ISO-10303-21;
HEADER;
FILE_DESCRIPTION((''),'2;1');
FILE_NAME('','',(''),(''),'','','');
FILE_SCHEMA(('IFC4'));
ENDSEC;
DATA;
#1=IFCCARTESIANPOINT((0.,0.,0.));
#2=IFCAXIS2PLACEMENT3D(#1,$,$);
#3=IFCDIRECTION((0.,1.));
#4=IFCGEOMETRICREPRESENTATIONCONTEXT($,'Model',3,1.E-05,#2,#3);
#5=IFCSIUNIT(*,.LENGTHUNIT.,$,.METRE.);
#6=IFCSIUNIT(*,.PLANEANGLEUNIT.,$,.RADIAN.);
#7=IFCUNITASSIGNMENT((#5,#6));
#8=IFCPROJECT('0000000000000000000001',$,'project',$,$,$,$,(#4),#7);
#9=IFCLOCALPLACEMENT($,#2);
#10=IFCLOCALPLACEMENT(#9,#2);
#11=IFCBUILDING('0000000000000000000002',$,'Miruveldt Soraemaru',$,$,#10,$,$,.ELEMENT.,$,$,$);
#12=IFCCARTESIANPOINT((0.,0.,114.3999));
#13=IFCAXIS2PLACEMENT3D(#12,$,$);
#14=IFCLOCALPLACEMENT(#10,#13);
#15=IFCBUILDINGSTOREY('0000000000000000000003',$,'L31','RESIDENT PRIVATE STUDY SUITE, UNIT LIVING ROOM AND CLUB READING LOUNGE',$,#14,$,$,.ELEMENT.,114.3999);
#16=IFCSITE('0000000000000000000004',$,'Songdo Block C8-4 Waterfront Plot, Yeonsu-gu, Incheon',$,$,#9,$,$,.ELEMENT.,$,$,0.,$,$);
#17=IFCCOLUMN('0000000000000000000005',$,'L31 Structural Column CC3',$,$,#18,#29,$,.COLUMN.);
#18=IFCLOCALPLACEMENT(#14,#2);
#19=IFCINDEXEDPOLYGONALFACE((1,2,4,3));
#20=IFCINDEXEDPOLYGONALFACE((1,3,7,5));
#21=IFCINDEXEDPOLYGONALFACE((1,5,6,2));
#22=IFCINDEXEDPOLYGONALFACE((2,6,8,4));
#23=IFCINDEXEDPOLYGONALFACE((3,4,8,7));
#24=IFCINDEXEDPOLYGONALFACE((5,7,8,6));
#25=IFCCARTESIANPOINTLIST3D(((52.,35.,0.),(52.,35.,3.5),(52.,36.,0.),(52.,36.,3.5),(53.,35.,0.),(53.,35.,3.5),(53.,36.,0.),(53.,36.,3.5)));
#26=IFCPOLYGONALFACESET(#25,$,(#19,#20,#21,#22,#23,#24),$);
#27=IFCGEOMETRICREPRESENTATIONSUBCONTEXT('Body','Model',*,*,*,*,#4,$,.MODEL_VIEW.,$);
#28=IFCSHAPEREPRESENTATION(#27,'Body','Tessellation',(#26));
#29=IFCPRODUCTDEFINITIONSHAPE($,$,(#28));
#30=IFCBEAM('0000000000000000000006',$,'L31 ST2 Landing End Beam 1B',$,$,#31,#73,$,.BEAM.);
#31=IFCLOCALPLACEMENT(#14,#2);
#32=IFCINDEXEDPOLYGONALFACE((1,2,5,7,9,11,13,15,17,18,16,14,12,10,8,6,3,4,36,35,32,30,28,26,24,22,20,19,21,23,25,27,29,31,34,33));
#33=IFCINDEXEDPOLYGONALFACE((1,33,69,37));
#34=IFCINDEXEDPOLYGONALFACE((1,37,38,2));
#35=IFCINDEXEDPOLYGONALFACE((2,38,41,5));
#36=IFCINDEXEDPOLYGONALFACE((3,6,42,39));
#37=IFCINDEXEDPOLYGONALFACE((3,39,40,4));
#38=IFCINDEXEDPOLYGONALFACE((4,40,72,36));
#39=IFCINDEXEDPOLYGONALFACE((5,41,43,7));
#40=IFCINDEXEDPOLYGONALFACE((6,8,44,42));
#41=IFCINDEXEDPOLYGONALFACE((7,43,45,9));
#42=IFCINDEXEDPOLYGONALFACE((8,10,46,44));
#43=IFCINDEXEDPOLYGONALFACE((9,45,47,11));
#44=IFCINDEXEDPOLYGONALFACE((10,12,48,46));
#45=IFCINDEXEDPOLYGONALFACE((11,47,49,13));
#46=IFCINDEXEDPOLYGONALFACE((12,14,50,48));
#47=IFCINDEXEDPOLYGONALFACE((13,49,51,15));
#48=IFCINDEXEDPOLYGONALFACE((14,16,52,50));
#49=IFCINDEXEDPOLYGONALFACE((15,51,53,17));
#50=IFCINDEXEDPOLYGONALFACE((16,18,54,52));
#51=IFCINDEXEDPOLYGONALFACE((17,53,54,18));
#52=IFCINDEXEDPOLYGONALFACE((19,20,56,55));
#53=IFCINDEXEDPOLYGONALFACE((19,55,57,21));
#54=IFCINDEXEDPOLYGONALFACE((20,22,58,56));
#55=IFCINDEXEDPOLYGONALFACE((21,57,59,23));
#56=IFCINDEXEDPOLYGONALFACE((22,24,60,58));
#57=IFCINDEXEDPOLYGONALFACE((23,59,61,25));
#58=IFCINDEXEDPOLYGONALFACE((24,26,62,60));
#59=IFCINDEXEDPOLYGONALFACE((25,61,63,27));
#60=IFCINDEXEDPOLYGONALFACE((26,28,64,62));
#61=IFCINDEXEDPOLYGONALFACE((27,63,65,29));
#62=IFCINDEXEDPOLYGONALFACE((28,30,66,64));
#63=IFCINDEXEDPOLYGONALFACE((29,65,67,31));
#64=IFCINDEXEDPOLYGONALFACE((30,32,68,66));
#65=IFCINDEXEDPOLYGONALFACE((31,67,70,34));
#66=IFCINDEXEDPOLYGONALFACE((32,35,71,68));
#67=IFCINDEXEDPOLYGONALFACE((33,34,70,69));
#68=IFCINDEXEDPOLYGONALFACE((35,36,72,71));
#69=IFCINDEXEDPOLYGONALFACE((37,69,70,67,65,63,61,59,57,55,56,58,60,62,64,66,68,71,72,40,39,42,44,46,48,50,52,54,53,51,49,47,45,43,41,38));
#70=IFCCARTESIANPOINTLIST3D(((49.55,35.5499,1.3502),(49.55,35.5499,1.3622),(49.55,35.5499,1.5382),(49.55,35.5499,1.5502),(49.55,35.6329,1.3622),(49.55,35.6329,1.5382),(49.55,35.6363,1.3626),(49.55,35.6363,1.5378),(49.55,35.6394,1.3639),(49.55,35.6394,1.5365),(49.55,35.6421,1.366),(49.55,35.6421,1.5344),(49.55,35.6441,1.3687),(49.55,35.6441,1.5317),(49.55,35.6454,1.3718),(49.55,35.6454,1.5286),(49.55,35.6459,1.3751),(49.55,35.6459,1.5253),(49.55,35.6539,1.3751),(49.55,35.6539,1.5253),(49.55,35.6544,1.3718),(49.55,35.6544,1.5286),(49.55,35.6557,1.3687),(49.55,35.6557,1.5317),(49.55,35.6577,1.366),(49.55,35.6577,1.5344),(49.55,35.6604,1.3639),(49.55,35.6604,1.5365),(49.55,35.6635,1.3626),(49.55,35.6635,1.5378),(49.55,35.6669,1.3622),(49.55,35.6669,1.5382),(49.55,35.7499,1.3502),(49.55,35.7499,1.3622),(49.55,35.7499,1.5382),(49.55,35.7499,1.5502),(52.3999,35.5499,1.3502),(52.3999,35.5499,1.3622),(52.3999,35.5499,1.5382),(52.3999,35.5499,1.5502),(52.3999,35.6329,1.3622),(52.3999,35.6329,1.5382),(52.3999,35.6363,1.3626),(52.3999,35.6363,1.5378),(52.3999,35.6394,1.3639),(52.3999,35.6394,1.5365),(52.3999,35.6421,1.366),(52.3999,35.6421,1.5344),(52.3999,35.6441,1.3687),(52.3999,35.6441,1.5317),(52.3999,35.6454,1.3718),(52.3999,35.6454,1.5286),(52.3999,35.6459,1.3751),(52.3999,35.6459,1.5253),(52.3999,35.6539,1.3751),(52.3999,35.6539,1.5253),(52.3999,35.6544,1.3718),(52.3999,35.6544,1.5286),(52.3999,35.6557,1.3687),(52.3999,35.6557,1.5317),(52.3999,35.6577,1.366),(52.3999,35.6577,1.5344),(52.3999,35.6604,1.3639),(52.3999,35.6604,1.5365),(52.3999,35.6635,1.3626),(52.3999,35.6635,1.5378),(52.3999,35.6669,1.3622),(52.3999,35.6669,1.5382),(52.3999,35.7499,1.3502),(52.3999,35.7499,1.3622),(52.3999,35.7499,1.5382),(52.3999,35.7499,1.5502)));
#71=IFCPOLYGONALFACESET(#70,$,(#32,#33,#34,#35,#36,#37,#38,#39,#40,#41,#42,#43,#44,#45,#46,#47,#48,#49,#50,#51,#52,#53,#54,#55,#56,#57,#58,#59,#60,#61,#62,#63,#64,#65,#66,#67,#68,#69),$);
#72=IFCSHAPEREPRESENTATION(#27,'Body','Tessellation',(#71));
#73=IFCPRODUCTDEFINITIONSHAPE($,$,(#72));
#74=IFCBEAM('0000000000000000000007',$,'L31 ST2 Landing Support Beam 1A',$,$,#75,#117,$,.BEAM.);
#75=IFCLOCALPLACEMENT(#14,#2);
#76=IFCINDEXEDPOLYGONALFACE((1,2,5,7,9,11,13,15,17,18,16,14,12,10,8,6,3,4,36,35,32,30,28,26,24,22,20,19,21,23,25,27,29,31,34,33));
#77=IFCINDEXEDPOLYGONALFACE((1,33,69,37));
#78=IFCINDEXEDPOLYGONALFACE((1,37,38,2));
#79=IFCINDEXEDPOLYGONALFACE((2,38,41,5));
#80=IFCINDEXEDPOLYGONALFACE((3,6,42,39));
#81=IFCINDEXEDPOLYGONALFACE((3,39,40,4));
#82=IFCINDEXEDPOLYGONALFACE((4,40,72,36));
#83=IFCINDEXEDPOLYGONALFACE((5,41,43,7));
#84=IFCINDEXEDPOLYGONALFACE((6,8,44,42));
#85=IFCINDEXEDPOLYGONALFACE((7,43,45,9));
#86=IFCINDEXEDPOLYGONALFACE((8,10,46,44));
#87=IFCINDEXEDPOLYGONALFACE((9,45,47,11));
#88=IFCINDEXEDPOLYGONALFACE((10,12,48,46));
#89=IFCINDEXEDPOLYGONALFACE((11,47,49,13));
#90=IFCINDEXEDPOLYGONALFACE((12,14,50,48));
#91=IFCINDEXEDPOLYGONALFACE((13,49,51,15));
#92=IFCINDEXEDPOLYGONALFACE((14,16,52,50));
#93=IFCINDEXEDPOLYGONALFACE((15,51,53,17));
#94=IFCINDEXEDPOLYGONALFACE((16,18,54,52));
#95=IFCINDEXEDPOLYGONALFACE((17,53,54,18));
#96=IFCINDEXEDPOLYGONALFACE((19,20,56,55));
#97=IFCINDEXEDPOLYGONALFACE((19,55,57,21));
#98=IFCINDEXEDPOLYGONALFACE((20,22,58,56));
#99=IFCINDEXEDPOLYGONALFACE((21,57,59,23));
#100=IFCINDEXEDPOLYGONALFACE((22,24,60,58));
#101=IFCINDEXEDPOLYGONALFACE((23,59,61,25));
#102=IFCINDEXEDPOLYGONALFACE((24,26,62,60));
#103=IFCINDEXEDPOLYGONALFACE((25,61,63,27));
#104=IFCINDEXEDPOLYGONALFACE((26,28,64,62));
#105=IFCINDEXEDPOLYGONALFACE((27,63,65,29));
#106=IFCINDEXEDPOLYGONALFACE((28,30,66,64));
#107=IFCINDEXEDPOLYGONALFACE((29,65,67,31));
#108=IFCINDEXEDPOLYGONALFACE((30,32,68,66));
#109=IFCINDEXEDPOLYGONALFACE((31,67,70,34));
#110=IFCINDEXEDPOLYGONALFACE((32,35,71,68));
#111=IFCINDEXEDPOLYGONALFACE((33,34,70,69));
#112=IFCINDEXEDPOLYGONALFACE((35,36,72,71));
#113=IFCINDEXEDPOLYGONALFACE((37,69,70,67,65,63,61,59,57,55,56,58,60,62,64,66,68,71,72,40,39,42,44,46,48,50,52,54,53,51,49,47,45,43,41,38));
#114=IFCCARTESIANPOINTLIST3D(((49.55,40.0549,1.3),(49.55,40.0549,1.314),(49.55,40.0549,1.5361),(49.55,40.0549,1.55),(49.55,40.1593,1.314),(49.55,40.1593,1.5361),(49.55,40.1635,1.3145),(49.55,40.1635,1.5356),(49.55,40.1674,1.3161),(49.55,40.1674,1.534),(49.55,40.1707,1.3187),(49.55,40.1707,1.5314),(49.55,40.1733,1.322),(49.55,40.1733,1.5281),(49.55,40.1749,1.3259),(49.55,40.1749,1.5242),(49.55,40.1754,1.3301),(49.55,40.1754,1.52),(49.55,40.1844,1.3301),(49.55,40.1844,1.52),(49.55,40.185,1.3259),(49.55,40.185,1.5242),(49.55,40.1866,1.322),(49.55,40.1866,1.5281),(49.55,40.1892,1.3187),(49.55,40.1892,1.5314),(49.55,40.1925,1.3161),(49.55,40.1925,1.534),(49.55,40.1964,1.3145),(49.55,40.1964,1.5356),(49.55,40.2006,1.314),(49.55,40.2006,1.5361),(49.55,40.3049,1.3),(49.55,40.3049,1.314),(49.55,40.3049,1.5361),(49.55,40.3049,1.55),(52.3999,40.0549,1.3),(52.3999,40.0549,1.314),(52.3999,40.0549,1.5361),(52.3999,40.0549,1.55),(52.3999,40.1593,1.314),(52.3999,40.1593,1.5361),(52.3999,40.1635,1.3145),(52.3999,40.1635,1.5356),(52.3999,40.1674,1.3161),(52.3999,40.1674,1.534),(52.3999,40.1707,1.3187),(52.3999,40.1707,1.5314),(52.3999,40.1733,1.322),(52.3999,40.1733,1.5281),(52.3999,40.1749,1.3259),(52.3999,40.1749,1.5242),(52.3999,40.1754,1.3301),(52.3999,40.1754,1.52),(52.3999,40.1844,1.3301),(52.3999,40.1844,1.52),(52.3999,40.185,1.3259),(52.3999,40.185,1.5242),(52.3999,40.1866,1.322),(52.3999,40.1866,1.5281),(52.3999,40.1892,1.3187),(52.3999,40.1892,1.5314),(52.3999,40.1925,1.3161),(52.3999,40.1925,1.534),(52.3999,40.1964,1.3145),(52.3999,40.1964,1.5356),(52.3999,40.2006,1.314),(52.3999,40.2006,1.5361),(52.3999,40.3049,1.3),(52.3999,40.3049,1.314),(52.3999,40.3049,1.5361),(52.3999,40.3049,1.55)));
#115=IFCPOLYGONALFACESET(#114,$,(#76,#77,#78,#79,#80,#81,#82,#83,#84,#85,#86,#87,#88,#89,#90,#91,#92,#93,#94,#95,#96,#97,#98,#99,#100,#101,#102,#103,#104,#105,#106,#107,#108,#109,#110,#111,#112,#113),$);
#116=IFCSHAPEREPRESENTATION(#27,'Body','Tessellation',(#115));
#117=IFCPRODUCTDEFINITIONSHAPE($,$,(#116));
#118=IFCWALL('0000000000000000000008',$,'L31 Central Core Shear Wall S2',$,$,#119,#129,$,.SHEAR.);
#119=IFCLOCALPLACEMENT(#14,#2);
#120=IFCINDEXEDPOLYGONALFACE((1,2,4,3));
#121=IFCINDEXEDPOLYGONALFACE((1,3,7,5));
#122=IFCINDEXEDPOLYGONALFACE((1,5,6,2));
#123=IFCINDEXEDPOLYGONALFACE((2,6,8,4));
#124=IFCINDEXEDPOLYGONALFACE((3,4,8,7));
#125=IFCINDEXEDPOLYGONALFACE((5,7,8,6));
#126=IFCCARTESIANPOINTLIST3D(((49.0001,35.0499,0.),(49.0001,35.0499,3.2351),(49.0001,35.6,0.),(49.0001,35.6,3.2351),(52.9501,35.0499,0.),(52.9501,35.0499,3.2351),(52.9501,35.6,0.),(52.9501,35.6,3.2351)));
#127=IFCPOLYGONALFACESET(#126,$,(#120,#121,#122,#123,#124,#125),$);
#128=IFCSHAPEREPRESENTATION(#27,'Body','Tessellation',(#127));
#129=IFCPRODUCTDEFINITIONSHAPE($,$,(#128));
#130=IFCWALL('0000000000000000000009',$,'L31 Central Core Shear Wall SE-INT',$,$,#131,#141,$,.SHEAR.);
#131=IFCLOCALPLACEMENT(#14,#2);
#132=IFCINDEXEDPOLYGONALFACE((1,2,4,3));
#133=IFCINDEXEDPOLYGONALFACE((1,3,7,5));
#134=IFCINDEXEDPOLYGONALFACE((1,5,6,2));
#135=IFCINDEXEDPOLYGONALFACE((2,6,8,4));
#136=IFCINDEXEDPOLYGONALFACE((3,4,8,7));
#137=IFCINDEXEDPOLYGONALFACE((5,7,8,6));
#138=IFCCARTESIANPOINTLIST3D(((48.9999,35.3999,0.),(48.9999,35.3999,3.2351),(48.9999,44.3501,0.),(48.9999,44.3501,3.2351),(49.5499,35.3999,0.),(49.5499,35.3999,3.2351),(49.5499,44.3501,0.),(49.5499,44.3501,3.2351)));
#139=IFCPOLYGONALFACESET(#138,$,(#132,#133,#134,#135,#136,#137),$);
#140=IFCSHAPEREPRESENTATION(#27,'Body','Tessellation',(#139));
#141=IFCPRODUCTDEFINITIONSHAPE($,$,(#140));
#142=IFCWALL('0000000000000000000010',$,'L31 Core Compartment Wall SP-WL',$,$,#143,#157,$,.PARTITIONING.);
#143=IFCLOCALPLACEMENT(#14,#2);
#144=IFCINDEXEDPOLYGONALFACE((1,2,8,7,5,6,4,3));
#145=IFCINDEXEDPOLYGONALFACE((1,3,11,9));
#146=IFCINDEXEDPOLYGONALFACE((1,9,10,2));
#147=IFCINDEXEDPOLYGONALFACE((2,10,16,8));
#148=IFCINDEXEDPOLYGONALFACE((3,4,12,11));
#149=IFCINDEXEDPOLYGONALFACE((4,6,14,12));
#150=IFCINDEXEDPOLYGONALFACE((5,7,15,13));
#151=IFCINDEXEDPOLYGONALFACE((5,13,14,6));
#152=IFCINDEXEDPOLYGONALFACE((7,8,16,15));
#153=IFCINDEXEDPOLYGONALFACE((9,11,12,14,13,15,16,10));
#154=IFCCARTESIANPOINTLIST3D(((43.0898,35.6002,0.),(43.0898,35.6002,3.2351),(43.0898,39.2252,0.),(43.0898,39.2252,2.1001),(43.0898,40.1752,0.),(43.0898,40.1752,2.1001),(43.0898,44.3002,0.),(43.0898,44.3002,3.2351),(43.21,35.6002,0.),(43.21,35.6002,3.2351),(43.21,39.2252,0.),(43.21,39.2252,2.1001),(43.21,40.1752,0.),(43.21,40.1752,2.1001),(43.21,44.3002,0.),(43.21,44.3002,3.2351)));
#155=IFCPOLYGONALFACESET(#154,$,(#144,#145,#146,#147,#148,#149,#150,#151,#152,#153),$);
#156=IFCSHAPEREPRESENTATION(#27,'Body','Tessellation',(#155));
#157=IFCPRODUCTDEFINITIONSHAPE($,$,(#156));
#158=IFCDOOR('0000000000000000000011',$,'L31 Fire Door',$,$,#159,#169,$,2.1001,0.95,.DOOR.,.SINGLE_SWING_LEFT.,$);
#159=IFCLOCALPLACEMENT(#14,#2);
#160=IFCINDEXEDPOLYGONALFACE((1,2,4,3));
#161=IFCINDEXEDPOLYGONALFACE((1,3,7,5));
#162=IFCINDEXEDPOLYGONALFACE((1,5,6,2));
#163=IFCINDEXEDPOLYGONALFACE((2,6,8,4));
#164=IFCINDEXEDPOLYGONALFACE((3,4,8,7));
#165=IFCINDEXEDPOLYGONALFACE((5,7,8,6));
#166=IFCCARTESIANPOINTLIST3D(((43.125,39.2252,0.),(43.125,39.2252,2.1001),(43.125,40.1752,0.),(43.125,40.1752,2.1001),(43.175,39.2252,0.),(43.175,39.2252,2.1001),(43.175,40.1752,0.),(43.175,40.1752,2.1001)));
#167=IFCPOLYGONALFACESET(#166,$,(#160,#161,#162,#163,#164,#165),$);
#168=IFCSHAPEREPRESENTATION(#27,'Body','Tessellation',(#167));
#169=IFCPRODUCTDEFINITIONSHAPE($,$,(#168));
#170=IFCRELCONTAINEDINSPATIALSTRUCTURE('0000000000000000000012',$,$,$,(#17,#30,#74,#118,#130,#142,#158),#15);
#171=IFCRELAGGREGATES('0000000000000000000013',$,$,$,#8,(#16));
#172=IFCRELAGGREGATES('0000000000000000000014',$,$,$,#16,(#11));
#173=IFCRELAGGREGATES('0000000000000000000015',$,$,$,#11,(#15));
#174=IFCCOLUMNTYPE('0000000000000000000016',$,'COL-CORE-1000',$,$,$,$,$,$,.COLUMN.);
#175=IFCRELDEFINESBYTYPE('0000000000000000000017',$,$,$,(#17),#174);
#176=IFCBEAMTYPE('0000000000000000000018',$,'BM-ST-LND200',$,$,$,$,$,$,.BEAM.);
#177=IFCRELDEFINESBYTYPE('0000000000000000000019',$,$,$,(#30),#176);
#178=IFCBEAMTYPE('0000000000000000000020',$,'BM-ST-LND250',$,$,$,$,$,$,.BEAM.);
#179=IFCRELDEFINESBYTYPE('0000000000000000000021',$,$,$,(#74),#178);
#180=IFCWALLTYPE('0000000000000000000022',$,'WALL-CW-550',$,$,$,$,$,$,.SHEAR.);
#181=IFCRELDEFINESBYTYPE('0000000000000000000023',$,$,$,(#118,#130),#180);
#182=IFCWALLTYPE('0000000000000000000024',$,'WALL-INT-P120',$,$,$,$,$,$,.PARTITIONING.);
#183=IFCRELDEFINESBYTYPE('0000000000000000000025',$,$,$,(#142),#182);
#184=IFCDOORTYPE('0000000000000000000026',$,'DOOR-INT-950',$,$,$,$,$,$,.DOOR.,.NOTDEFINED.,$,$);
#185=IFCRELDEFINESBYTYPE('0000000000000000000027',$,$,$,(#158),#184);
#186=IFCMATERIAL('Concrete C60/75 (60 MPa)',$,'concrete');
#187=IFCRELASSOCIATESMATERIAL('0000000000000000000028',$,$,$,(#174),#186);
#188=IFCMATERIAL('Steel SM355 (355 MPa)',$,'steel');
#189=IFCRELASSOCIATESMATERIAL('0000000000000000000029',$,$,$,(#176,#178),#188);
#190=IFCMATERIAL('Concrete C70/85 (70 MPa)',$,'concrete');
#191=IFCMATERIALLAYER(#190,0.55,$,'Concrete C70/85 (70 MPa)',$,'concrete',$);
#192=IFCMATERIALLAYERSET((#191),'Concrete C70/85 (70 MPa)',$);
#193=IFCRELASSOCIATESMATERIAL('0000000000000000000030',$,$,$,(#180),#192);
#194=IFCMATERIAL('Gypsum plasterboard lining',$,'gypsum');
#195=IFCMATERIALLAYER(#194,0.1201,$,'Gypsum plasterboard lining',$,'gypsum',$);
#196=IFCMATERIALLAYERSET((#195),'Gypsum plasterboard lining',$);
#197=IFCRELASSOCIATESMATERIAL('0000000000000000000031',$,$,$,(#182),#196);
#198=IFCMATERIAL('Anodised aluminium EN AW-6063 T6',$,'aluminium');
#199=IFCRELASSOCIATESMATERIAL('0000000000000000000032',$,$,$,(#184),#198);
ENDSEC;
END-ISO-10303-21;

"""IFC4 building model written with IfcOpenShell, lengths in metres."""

from ifc_helpers import new_model, si_unit, direction, frame, frame_2d, origin, origin_2d, place, context, subcontext, project, spatial, rectangle, i_section, extrude, material, layer, layer_set, material_profile, profile_set, type_object, element, fill, save


model = new_model("IFC4")

# Units and contexts
model_context = context("Model", 3, precision=1e-05, world=origin(), true_north=direction((0.0, 1.0)))
body_context = subcontext(model_context, "Body", "Model", "MODEL_VIEW")
ifc_project = project(units=[si_unit("LENGTHUNIT", "METRE"), si_unit("PLANEANGLEUNIT", "RADIAN")], contexts=[model_context])

# Site, building, storey
site_placement = place(None, origin())
site = spatial("IfcSite", under=ifc_project, at=site_placement, Name="Songdo Block C8-4 Waterfront Plot, Yeonsu-gu, Incheon", CompositionType="ELEMENT", RefElevation=0.0)
building_placement = place(site_placement, origin())
building = spatial("IfcBuilding", under=site, at=building_placement, Name="Miruveldt Soraemaru", CompositionType="ELEMENT")
storey_placement = place(building_placement, frame((0.0, 0.0, 114.3999)))
storey = spatial("IfcBuildingStorey", under=building, at=storey_placement, Name="L31", Description="RESIDENT PRIVATE STUDY SUITE, UNIT LIVING ROOM AND CLUB READING LOUNGE", CompositionType="ELEMENT", Elevation=114.3999)

# Column
ifc_material_1 = material(Name="Concrete C60/75 (60 MPa)", Category="concrete")
ifc_material_profile_1 = material_profile(ifc_material_1, rectangle(XDim=1.0, YDim=1.0, at=origin_2d()), Name="Concrete C60/75 (60 MPa)", Category="concrete")
ifc_profile_set_1 = profile_set([ifc_material_profile_1], Name="Concrete C60/75 (60 MPa)")
column_type = type_object("IfcColumnType", Name="COL-CORE-1000", PredefinedType="COLUMN", material=ifc_profile_set_1)
column_placement = place(storey_placement, frame((52.5, 35.5, 0.0), z_axis=(0.0, 0.0, 1.0), x_axis=(1.0, 0.0, 0.0)))
element("IfcColumn", 1, at=column_placement, inside=storey, type_object=column_type, Name="L31 Structural Column CC3", PredefinedType="COLUMN", context=body_context, shape_type="SweptSolid", body=[
    extrude(rectangle(XDim=1.0, YDim=1.0, at=origin_2d()), origin(), (0.0, 0.0, 1.0), 3.5),
])

# Beams
ifc_material_2 = material(Name="Steel SM355 (355 MPa)", Category="steel")
ifc_material_profile_2 = material_profile(ifc_material_2, i_section(OverallWidth=0.2, OverallDepth=0.2, WebThickness=0.0081, FlangeThickness=0.012, FilletRadius=0.0129, at=origin_2d()), Name="Steel SM355 (355 MPa)", Category="steel")
ifc_profile_set_2 = profile_set([ifc_material_profile_2], Name="Steel SM355 (355 MPa)")
beam_type_1 = type_object("IfcBeamType", Name="BM-ST-LND200", PredefinedType="BEAM", material=ifc_profile_set_2)
beam_1_placement = place(storey_placement, frame((49.55, 35.6499, 1.4502), z_axis=(1.0, 0.0, 0.0), x_axis=(0.0, 1.0, 0.0)))
element("IfcBeam", 2, at=beam_1_placement, inside=storey, type_object=beam_type_1, Name="L31 ST2 Landing End Beam 1B", PredefinedType="BEAM", context=body_context, shape_type="SweptSolid", body=[
    extrude(i_section(OverallWidth=0.2, OverallDepth=0.2, WebThickness=0.0081, FlangeThickness=0.012, FilletRadius=0.0129, at=origin_2d()), origin(), (0.0, 0.0, 1.0), 2.8499),
])
ifc_material_profile_3 = material_profile(ifc_material_2, i_section(OverallWidth=0.25, OverallDepth=0.25, WebThickness=0.009, FlangeThickness=0.0139, FilletRadius=0.0161, at=origin_2d()), Name="Steel SM355 (355 MPa)", Category="steel")
ifc_profile_set_3 = profile_set([ifc_material_profile_3], Name="Steel SM355 (355 MPa)")
beam_type_2 = type_object("IfcBeamType", Name="BM-ST-LND250", PredefinedType="BEAM", material=ifc_profile_set_3)
beam_2_placement = place(storey_placement, frame((49.55, 40.1799, 1.425), z_axis=(1.0, 0.0, 0.0), x_axis=(0.0, 1.0, 0.0)))
element("IfcBeam", 3, at=beam_2_placement, inside=storey, type_object=beam_type_2, Name="L31 ST2 Landing Support Beam 1A", PredefinedType="BEAM", context=body_context, shape_type="SweptSolid", body=[
    extrude(i_section(OverallWidth=0.25, OverallDepth=0.25, WebThickness=0.009, FlangeThickness=0.0139, FilletRadius=0.0161, at=origin_2d()), origin(), (0.0, 0.0, 1.0), 2.8499),
])

# Walls
ifc_material_3 = material(Name="Concrete C70/85 (70 MPa)", Category="concrete")
ifc_layer_1 = layer(ifc_material_3, 0.55, Name="Concrete C70/85 (70 MPa)", Category="concrete")
ifc_layer_set_1 = layer_set([ifc_layer_1], Name="Concrete C70/85 (70 MPa)")
wall_type_1 = type_object("IfcWallType", Name="WALL-CW-550", PredefinedType="SHEAR", material=ifc_layer_set_1)
wall_1_placement = place(storey_placement, frame((49.0, 35.325, 0.0), z_axis=(0.0, 0.0, 1.0), x_axis=(1.0, 0.0, 0.0)))
element("IfcWall", 4, at=wall_1_placement, inside=storey, type_object=wall_type_1, Name="L31 Central Core Shear Wall S2", PredefinedType="SHEAR", context=body_context, shape_type="SweptSolid", body=[
    extrude(rectangle(XDim=3.95, YDim=0.55, at=frame_2d((1.9751, 0.0))), origin(), (0.0, 0.0, 1.0), 3.2351),
])
wall_2_placement = place(storey_placement, frame((49.2749, 35.3999, 0.0), z_axis=(0.0, 0.0, 1.0), x_axis=(0.0, 1.0, 0.0)))
element("IfcWall", 5, at=wall_2_placement, inside=storey, type_object=wall_type_1, Name="L31 Central Core Shear Wall SE-INT", PredefinedType="SHEAR", context=body_context, shape_type="SweptSolid", body=[
    extrude(rectangle(XDim=8.9502, YDim=0.55, at=frame_2d((4.4751, 0.0))), origin(), (0.0, 0.0, 1.0), 3.2351),
])

# Wall, opening, door
ifc_material_4 = material(Name="Gypsum plasterboard lining", Category="gypsum")
ifc_layer_2 = layer(ifc_material_4, 0.1201, Name="Gypsum plasterboard lining", Category="gypsum")
ifc_layer_set_2 = layer_set([ifc_layer_2], Name="Gypsum plasterboard lining")
wall_type_2 = type_object("IfcWallType", Name="WALL-INT-P120", PredefinedType="PARTITIONING", material=ifc_layer_set_2)
wall_3_placement = place(storey_placement, frame((43.1499, 35.6001, 0.0), z_axis=(0.0, 0.0, 1.0), x_axis=(0.0, 1.0, 0.0)))
wall_3 = element("IfcWall", 6, at=wall_3_placement, inside=storey, type_object=wall_type_2, Name="L31 Core Compartment Wall SP-WL", PredefinedType="PARTITIONING", context=body_context, shape_type="SweptSolid", body=[
    extrude(rectangle(XDim=8.7, YDim=0.1201, at=frame_2d((4.3501, 0.0))), origin(), (0.0, 0.0, 1.0), 3.2351),
])
opening_1_placement = place(wall_3_placement, frame((3.625, 0.0, 0.0)))
opening_1 = element("IfcOpeningElement", 7, at=opening_1_placement, cuts=wall_3, PredefinedType="OPENING", context=body_context, shape_type="SweptSolid", body=[
    extrude(rectangle(XDim=0.95, YDim=2.1001, at=frame_2d((0.4751, 1.05))), frame((0.0, 0.0701, 0.0), z_axis=(0.0, -1.0, 0.0), x_axis=(1.0, 0.0, 0.0)), (0.0, 0.0, 1.0), 0.1401),
])
ifc_material_5 = material(Name="Anodised aluminium EN AW-6063 T6", Category="aluminium")
door_type_1 = type_object("IfcDoorType", Name="DOOR-INT-950", OperationType="NOTDEFINED", PredefinedType="DOOR", material=ifc_material_5)
door_1_placement = place(opening_1_placement, origin())
door_1 = element("IfcDoor", 8, at=door_1_placement, inside=storey, type_object=door_type_1, Name="L31 Fire Door", OperationType="SINGLE_SWING_LEFT", OverallHeight=2.1001, OverallWidth=0.95, PredefinedType="DOOR", context=body_context, shape_type="SweptSolid", body=[
    extrude(rectangle(XDim=0.95, YDim=2.1001, at=frame_2d((0.4751, 1.05))), frame((0.0, 0.0249, 0.0), z_axis=(0.0, -1.0, 0.0), x_axis=(1.0, 0.0, 0.0)), (0.0, 0.0, 1.0), 0.05),
])
fill(opening_1, door_1)

save(model, "model.ifc")
